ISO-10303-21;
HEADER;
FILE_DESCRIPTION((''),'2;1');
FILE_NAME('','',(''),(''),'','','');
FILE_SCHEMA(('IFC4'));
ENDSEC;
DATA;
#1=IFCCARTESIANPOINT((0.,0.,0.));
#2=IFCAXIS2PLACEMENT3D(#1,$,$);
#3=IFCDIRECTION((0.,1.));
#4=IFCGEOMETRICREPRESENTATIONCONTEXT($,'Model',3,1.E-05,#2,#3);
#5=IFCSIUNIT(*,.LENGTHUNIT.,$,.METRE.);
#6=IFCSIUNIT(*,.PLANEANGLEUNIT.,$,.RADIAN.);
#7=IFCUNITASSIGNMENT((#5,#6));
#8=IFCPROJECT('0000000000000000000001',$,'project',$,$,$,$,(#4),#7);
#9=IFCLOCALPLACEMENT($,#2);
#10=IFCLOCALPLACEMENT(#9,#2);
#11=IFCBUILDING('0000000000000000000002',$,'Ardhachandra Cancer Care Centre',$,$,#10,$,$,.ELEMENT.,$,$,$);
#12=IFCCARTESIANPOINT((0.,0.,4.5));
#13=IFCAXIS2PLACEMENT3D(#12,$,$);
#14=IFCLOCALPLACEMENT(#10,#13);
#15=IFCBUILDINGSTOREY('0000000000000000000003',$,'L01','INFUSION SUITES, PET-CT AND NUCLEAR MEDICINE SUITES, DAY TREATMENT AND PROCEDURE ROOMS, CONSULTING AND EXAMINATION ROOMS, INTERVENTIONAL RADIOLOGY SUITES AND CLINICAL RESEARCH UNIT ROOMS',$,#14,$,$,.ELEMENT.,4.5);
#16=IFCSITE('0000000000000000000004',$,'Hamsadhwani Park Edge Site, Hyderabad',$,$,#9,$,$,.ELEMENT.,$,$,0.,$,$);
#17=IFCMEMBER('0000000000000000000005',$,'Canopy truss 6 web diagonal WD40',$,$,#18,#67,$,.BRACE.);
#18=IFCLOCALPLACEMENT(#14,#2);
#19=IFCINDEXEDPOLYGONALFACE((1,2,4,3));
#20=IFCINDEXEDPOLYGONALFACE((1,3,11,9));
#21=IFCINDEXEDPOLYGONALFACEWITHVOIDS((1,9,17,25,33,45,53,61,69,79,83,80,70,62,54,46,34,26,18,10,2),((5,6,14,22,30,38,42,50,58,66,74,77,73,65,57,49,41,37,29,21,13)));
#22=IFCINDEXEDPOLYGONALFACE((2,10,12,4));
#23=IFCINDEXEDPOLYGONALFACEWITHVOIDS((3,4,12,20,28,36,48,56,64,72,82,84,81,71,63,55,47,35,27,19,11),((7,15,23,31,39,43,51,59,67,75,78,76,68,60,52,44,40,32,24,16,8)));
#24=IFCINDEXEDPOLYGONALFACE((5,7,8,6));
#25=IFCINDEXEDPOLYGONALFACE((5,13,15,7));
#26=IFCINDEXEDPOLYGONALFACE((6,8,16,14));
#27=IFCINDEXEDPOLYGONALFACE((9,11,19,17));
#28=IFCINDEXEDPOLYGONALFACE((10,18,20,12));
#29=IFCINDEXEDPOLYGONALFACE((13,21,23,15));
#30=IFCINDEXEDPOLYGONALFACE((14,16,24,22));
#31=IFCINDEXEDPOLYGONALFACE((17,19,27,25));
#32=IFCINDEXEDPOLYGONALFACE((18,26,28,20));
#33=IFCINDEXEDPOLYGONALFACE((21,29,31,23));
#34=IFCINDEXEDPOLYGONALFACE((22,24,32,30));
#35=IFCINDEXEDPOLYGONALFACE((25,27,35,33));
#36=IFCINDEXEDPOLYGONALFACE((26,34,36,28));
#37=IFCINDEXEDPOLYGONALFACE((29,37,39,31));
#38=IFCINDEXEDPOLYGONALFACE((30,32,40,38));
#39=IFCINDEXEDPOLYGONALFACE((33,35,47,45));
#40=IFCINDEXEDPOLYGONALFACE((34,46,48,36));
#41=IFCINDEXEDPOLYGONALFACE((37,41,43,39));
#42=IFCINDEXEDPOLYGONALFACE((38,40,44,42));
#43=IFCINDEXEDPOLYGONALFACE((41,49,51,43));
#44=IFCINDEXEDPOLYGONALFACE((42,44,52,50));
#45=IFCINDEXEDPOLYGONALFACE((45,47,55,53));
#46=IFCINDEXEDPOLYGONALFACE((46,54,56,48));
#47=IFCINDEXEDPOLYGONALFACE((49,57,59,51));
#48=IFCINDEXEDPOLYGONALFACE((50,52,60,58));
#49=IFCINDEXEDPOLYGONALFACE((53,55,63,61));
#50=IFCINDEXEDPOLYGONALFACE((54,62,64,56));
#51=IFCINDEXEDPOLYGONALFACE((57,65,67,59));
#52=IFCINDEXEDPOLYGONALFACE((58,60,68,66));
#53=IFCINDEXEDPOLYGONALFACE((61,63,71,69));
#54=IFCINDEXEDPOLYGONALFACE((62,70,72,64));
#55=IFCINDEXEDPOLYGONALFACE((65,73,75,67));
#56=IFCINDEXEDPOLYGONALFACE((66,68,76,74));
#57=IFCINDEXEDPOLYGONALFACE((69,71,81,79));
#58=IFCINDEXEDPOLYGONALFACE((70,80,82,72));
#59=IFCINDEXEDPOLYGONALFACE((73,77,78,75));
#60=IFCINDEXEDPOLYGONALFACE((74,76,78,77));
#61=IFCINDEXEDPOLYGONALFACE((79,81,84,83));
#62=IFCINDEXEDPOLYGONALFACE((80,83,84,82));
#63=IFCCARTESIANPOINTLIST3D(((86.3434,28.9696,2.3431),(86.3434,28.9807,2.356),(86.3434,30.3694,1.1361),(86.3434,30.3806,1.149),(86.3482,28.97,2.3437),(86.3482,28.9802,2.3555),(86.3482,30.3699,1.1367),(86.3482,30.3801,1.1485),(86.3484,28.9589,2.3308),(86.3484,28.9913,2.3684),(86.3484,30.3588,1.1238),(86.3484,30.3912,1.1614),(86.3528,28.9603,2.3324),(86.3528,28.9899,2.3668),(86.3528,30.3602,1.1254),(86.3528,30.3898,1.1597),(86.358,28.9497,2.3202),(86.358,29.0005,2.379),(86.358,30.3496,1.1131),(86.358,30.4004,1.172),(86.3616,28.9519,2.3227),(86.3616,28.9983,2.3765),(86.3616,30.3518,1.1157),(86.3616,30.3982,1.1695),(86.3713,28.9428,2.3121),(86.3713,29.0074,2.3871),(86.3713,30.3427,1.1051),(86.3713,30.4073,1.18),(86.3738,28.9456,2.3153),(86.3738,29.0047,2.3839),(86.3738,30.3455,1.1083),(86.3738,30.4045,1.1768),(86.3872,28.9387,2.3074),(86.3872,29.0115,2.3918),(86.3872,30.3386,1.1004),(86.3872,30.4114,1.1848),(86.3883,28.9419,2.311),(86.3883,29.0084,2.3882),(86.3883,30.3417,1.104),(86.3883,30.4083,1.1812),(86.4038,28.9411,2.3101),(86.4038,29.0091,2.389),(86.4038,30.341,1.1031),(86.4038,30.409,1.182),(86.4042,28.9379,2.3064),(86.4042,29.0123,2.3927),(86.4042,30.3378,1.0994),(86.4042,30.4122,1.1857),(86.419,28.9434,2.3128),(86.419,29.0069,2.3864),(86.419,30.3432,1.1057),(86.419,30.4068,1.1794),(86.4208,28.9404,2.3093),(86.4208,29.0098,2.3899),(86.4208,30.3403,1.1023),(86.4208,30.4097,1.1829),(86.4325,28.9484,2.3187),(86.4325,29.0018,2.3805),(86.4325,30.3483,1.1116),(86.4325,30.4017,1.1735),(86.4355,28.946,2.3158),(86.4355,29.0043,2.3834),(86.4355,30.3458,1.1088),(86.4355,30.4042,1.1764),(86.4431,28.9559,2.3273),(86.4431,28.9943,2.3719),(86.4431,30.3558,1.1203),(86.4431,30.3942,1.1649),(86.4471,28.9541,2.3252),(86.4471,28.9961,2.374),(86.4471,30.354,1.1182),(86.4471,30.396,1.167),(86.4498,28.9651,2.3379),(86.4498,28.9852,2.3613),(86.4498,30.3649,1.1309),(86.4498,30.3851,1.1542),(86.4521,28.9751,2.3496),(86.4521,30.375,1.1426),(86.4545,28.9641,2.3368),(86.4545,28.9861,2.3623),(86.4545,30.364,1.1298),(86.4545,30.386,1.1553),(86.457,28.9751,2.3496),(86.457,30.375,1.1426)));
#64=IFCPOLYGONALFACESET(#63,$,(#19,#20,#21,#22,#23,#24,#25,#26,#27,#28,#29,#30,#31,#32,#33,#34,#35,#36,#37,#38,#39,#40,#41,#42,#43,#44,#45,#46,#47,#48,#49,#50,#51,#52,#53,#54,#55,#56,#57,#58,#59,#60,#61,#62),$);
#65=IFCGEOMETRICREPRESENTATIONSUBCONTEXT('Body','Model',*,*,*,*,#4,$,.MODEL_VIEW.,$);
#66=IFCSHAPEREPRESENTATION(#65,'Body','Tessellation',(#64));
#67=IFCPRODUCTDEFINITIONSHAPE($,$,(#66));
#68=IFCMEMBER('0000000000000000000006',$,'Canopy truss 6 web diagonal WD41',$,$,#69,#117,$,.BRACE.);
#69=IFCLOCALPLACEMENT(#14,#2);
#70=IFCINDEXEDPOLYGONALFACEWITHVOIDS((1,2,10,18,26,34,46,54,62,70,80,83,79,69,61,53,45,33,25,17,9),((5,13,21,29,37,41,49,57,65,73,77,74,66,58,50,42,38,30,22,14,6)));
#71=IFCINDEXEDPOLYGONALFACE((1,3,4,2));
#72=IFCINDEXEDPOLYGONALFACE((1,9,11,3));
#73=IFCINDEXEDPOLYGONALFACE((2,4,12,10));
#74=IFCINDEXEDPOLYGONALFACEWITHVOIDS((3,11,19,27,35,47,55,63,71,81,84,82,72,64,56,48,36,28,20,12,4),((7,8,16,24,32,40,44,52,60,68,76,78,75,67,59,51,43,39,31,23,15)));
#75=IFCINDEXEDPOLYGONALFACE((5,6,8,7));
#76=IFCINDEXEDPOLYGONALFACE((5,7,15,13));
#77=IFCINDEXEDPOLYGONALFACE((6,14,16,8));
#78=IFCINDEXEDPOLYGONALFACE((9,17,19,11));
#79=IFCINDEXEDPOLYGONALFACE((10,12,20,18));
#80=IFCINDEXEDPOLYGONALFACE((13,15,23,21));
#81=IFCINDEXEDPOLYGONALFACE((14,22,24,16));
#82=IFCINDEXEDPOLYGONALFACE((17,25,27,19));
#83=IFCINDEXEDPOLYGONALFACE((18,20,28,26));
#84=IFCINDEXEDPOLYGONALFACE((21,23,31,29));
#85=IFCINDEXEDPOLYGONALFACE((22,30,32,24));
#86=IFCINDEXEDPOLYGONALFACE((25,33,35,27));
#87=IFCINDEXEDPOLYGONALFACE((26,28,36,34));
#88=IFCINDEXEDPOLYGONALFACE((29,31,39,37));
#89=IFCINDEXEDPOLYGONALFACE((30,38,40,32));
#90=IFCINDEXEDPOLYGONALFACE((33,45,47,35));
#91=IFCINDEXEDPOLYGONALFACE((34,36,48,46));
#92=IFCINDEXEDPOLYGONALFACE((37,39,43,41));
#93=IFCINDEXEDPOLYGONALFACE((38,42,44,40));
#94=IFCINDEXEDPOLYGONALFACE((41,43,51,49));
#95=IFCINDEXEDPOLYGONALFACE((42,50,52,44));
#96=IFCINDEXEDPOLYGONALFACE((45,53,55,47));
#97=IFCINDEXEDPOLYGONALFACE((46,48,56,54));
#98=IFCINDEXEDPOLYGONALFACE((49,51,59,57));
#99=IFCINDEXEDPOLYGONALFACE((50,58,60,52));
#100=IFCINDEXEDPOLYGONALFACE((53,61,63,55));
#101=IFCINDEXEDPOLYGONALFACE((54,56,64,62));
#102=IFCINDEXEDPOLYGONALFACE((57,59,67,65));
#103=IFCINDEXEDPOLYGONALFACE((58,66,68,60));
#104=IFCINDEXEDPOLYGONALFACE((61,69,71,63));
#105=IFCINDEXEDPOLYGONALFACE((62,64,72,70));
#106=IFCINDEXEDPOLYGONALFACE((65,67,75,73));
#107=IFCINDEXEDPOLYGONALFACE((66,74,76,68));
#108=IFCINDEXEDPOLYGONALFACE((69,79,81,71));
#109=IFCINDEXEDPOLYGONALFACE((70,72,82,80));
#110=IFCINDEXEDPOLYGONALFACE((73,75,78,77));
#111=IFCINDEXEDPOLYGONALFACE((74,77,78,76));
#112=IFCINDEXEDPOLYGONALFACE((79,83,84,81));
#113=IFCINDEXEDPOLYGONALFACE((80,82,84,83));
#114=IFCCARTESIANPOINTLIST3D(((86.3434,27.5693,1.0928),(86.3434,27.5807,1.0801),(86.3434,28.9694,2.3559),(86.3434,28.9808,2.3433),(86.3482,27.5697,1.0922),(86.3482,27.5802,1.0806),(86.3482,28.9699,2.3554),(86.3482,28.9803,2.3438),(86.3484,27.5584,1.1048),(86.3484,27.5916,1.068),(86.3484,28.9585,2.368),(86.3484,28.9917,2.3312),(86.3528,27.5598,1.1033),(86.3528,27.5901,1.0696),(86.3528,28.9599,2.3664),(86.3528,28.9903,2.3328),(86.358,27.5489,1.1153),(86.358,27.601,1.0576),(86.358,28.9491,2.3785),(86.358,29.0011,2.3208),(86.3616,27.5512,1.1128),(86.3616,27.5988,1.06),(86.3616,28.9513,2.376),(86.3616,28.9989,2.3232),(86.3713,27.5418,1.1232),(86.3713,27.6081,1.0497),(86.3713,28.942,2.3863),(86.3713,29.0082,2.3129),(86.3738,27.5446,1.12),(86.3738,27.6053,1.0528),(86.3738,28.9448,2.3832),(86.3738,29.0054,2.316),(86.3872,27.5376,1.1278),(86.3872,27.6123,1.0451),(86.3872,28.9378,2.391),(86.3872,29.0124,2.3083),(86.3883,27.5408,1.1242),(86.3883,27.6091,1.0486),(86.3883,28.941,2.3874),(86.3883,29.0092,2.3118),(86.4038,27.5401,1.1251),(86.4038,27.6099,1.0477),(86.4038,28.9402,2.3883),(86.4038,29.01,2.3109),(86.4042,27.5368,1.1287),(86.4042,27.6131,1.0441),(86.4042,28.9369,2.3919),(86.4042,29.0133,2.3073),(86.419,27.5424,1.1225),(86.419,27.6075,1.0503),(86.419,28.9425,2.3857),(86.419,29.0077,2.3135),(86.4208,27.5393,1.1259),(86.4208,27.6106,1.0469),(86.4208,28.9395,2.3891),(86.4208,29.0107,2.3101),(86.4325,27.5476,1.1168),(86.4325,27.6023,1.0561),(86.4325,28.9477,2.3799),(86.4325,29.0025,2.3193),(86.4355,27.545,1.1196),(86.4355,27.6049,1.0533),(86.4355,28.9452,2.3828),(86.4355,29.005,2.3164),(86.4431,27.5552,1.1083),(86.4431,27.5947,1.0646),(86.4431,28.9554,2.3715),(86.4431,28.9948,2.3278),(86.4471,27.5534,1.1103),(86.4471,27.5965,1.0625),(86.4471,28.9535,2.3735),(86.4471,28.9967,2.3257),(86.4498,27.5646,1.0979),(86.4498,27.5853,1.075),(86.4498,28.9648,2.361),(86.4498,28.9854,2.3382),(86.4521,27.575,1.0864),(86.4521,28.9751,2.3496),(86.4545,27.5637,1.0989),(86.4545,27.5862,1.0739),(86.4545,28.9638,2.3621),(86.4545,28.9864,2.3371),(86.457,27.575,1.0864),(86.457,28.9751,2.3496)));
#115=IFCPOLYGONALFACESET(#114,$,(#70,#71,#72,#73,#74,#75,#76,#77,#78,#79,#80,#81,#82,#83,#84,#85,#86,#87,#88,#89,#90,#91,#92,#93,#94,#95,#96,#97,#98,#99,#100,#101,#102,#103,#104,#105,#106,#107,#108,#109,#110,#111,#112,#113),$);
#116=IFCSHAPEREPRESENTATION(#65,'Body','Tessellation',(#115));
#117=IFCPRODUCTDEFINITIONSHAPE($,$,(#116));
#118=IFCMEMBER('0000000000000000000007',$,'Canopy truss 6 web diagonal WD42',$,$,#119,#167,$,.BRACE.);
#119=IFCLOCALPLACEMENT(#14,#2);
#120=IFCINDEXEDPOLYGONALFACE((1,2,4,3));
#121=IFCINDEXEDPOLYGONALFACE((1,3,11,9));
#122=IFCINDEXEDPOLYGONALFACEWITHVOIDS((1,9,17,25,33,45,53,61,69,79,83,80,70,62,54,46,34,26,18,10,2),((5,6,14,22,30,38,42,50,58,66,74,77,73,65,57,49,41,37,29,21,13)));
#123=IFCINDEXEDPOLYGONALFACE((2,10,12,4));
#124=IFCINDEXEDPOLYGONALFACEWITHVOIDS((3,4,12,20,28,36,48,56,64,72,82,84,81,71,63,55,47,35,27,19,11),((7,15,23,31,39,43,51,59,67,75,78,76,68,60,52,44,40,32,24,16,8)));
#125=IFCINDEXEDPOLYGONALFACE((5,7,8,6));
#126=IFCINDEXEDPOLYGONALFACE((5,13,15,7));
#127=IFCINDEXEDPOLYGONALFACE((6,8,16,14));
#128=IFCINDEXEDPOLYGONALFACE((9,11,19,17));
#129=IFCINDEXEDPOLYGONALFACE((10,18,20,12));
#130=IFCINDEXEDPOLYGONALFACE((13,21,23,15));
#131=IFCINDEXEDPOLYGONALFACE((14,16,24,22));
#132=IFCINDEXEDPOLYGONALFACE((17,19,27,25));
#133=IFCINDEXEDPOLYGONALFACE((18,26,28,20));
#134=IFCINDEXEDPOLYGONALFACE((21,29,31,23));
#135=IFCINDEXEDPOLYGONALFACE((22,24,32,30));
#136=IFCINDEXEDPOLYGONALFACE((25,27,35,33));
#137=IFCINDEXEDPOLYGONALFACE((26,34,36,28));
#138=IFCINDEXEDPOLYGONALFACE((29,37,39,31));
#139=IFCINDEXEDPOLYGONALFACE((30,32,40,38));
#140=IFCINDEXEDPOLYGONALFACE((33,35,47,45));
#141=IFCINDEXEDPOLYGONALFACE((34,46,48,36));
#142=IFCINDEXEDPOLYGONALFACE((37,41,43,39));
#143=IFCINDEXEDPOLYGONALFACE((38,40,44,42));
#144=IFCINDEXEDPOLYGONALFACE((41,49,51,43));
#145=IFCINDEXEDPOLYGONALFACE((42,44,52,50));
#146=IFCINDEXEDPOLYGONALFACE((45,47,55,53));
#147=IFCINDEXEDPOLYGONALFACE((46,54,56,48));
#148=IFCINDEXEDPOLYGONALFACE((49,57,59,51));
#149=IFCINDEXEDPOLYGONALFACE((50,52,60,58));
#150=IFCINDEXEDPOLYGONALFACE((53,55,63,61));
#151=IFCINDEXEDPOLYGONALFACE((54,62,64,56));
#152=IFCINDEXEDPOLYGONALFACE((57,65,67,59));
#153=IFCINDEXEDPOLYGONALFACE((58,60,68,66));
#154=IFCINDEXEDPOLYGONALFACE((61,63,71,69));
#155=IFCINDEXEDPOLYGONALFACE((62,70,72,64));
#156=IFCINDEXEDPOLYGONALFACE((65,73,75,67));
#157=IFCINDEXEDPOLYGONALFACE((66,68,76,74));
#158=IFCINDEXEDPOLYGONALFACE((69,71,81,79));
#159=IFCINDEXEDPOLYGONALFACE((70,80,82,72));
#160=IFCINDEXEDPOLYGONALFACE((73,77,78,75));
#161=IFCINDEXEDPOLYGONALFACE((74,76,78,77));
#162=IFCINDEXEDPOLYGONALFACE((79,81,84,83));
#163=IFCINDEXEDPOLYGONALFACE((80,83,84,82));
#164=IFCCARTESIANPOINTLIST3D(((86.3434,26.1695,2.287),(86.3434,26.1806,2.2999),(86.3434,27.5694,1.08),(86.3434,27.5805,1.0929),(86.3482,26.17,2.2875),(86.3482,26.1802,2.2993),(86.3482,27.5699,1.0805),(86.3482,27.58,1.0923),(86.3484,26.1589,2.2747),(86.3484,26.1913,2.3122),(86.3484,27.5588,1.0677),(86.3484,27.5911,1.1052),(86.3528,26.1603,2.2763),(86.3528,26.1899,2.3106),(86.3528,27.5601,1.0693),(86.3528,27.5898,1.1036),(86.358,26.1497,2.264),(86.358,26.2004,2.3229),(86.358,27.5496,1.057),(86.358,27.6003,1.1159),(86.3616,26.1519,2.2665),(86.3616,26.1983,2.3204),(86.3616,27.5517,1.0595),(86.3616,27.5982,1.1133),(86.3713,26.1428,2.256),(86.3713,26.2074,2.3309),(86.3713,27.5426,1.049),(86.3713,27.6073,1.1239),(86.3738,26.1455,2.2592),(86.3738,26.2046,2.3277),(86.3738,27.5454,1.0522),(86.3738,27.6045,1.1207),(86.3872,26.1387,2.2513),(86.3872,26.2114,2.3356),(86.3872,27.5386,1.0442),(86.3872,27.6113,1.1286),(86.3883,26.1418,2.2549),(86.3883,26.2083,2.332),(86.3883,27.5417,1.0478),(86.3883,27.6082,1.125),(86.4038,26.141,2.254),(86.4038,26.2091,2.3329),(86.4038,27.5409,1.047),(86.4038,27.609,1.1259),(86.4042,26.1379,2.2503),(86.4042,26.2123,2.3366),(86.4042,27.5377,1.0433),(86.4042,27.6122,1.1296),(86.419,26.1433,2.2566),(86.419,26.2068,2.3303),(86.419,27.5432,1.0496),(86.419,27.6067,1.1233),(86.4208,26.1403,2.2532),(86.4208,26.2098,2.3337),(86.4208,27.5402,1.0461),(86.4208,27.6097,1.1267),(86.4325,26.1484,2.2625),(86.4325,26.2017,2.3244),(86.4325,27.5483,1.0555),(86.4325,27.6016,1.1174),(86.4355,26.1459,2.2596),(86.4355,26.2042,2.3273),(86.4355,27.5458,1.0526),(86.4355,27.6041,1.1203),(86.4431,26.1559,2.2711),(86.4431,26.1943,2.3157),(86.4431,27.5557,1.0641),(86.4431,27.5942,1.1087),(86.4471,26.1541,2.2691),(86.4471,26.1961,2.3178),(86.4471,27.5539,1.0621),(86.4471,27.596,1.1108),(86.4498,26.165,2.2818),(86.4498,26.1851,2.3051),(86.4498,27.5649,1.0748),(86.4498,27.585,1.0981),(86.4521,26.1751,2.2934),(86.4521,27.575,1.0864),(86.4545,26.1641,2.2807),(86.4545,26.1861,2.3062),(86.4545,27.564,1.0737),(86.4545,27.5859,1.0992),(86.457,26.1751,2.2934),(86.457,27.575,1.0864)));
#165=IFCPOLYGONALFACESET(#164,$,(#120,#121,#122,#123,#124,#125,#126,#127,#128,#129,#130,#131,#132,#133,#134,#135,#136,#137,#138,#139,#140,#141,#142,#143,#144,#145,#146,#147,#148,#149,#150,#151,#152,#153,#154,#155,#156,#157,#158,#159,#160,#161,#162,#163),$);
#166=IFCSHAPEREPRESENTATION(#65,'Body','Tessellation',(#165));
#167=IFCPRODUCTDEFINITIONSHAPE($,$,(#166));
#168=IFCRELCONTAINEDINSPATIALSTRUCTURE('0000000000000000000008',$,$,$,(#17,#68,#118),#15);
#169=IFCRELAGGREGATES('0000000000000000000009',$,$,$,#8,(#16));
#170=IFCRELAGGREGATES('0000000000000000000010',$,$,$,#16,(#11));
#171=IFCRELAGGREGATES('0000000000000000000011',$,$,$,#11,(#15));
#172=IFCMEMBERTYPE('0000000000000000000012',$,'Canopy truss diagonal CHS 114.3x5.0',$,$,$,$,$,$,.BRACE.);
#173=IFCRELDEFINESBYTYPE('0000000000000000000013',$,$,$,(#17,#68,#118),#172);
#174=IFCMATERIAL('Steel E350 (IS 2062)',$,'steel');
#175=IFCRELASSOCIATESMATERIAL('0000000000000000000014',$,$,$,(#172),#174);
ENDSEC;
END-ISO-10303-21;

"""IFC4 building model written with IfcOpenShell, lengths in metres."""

from ifc_helpers import new_model, si_unit, direction, frame, origin, origin_2d, place, context, subcontext, project, spatial, hollow_circle, extrude, material, material_profile, profile_set, type_object, element, save


model = new_model("IFC4")

# Units and contexts
model_context = context("Model", 3, precision=1e-05, world=origin(), true_north=direction((0.0, 1.0)))
body_context = subcontext(model_context, "Body", "Model", "MODEL_VIEW")
ifc_project = project(units=[si_unit("LENGTHUNIT", "METRE"), si_unit("PLANEANGLEUNIT", "RADIAN")], contexts=[model_context])

# Site, building, storey
site_placement = place(None, origin())
site = spatial("IfcSite", under=ifc_project, at=site_placement, Name="Hamsadhwani Park Edge Site, Hyderabad", CompositionType="ELEMENT", RefElevation=0.0)
building_placement = place(site_placement, origin())
building = spatial("IfcBuilding", under=site, at=building_placement, Name="Ardhachandra Cancer Care Centre", CompositionType="ELEMENT")
storey_placement = place(building_placement, frame((0.0, 0.0, 4.5)))
storey = spatial("IfcBuildingStorey", under=building, at=storey_placement, Name="L01", Description="INFUSION SUITES, PET-CT AND NUCLEAR MEDICINE SUITES, DAY TREATMENT AND PROCEDURE ROOMS, CONSULTING AND EXAMINATION ROOMS, INTERVENTIONAL RADIOLOGY SUITES AND CLINICAL RESEARCH UNIT ROOMS", CompositionType="ELEMENT", Elevation=4.5)

# Members
ifc_material_1 = material(Name="Steel E350 (IS 2062)", Category="steel")
ifc_material_profile_1 = material_profile(ifc_material_1, hollow_circle(Radius=0.0571, WallThickness=0.0049, at=origin_2d()), Name="CHS 114.3x5.0")
ifc_profile_set_1 = profile_set([ifc_material_profile_1], Name="Steel E350 (IS 2062)")
member_type_1 = type_object("IfcMemberType", Name="Canopy truss diagonal CHS 114.3x5.0", PredefinedType="BRACE", material=ifc_profile_set_1)
member_1_placement = place(storey_placement, frame((86.3999, 30.375, 1.1426), z_axis=(0.0, -0.757351, 0.653008), x_axis=(1.0, 0.0, 0.0)))
element("IfcMember", 1, at=member_1_placement, inside=storey, type_object=member_type_1, Name="Canopy truss 6 web diagonal WD40", PredefinedType="BRACE", context=body_context, shape_type="SweptSolid", body=[
    extrude(hollow_circle(Radius=0.0571, WallThickness=0.0049, at=origin_2d()), origin(), (0.0, 0.0, 1.0), 1.8484),
])
member_2_placement = place(storey_placement, frame((86.3999, 28.9751, 2.3496), z_axis=(0.0, -0.742489, -0.669858), x_axis=(1.0, 0.0, 0.0)))
element("IfcMember", 2, at=member_2_placement, inside=storey, type_object=member_type_1, Name="Canopy truss 6 web diagonal WD41", PredefinedType="BRACE", context=body_context, shape_type="SweptSolid", body=[
    extrude(hollow_circle(Radius=0.0571, WallThickness=0.0049, at=origin_2d()), origin(), (0.0, 0.0, 1.0), 1.8857),
])
member_3_placement = place(storey_placement, frame((86.3999, 27.575, 1.0864), z_axis=(0.0, -0.757351, 0.653008), x_axis=(1.0, 0.0, 0.0)))
element("IfcMember", 3, at=member_3_placement, inside=storey, type_object=member_type_1, Name="Canopy truss 6 web diagonal WD42", PredefinedType="BRACE", context=body_context, shape_type="SweptSolid", body=[
    extrude(hollow_circle(Radius=0.0571, WallThickness=0.0049, at=origin_2d()), origin(), (0.0, 0.0, 1.0), 1.8484),
])

save(model, "model.ifc")
